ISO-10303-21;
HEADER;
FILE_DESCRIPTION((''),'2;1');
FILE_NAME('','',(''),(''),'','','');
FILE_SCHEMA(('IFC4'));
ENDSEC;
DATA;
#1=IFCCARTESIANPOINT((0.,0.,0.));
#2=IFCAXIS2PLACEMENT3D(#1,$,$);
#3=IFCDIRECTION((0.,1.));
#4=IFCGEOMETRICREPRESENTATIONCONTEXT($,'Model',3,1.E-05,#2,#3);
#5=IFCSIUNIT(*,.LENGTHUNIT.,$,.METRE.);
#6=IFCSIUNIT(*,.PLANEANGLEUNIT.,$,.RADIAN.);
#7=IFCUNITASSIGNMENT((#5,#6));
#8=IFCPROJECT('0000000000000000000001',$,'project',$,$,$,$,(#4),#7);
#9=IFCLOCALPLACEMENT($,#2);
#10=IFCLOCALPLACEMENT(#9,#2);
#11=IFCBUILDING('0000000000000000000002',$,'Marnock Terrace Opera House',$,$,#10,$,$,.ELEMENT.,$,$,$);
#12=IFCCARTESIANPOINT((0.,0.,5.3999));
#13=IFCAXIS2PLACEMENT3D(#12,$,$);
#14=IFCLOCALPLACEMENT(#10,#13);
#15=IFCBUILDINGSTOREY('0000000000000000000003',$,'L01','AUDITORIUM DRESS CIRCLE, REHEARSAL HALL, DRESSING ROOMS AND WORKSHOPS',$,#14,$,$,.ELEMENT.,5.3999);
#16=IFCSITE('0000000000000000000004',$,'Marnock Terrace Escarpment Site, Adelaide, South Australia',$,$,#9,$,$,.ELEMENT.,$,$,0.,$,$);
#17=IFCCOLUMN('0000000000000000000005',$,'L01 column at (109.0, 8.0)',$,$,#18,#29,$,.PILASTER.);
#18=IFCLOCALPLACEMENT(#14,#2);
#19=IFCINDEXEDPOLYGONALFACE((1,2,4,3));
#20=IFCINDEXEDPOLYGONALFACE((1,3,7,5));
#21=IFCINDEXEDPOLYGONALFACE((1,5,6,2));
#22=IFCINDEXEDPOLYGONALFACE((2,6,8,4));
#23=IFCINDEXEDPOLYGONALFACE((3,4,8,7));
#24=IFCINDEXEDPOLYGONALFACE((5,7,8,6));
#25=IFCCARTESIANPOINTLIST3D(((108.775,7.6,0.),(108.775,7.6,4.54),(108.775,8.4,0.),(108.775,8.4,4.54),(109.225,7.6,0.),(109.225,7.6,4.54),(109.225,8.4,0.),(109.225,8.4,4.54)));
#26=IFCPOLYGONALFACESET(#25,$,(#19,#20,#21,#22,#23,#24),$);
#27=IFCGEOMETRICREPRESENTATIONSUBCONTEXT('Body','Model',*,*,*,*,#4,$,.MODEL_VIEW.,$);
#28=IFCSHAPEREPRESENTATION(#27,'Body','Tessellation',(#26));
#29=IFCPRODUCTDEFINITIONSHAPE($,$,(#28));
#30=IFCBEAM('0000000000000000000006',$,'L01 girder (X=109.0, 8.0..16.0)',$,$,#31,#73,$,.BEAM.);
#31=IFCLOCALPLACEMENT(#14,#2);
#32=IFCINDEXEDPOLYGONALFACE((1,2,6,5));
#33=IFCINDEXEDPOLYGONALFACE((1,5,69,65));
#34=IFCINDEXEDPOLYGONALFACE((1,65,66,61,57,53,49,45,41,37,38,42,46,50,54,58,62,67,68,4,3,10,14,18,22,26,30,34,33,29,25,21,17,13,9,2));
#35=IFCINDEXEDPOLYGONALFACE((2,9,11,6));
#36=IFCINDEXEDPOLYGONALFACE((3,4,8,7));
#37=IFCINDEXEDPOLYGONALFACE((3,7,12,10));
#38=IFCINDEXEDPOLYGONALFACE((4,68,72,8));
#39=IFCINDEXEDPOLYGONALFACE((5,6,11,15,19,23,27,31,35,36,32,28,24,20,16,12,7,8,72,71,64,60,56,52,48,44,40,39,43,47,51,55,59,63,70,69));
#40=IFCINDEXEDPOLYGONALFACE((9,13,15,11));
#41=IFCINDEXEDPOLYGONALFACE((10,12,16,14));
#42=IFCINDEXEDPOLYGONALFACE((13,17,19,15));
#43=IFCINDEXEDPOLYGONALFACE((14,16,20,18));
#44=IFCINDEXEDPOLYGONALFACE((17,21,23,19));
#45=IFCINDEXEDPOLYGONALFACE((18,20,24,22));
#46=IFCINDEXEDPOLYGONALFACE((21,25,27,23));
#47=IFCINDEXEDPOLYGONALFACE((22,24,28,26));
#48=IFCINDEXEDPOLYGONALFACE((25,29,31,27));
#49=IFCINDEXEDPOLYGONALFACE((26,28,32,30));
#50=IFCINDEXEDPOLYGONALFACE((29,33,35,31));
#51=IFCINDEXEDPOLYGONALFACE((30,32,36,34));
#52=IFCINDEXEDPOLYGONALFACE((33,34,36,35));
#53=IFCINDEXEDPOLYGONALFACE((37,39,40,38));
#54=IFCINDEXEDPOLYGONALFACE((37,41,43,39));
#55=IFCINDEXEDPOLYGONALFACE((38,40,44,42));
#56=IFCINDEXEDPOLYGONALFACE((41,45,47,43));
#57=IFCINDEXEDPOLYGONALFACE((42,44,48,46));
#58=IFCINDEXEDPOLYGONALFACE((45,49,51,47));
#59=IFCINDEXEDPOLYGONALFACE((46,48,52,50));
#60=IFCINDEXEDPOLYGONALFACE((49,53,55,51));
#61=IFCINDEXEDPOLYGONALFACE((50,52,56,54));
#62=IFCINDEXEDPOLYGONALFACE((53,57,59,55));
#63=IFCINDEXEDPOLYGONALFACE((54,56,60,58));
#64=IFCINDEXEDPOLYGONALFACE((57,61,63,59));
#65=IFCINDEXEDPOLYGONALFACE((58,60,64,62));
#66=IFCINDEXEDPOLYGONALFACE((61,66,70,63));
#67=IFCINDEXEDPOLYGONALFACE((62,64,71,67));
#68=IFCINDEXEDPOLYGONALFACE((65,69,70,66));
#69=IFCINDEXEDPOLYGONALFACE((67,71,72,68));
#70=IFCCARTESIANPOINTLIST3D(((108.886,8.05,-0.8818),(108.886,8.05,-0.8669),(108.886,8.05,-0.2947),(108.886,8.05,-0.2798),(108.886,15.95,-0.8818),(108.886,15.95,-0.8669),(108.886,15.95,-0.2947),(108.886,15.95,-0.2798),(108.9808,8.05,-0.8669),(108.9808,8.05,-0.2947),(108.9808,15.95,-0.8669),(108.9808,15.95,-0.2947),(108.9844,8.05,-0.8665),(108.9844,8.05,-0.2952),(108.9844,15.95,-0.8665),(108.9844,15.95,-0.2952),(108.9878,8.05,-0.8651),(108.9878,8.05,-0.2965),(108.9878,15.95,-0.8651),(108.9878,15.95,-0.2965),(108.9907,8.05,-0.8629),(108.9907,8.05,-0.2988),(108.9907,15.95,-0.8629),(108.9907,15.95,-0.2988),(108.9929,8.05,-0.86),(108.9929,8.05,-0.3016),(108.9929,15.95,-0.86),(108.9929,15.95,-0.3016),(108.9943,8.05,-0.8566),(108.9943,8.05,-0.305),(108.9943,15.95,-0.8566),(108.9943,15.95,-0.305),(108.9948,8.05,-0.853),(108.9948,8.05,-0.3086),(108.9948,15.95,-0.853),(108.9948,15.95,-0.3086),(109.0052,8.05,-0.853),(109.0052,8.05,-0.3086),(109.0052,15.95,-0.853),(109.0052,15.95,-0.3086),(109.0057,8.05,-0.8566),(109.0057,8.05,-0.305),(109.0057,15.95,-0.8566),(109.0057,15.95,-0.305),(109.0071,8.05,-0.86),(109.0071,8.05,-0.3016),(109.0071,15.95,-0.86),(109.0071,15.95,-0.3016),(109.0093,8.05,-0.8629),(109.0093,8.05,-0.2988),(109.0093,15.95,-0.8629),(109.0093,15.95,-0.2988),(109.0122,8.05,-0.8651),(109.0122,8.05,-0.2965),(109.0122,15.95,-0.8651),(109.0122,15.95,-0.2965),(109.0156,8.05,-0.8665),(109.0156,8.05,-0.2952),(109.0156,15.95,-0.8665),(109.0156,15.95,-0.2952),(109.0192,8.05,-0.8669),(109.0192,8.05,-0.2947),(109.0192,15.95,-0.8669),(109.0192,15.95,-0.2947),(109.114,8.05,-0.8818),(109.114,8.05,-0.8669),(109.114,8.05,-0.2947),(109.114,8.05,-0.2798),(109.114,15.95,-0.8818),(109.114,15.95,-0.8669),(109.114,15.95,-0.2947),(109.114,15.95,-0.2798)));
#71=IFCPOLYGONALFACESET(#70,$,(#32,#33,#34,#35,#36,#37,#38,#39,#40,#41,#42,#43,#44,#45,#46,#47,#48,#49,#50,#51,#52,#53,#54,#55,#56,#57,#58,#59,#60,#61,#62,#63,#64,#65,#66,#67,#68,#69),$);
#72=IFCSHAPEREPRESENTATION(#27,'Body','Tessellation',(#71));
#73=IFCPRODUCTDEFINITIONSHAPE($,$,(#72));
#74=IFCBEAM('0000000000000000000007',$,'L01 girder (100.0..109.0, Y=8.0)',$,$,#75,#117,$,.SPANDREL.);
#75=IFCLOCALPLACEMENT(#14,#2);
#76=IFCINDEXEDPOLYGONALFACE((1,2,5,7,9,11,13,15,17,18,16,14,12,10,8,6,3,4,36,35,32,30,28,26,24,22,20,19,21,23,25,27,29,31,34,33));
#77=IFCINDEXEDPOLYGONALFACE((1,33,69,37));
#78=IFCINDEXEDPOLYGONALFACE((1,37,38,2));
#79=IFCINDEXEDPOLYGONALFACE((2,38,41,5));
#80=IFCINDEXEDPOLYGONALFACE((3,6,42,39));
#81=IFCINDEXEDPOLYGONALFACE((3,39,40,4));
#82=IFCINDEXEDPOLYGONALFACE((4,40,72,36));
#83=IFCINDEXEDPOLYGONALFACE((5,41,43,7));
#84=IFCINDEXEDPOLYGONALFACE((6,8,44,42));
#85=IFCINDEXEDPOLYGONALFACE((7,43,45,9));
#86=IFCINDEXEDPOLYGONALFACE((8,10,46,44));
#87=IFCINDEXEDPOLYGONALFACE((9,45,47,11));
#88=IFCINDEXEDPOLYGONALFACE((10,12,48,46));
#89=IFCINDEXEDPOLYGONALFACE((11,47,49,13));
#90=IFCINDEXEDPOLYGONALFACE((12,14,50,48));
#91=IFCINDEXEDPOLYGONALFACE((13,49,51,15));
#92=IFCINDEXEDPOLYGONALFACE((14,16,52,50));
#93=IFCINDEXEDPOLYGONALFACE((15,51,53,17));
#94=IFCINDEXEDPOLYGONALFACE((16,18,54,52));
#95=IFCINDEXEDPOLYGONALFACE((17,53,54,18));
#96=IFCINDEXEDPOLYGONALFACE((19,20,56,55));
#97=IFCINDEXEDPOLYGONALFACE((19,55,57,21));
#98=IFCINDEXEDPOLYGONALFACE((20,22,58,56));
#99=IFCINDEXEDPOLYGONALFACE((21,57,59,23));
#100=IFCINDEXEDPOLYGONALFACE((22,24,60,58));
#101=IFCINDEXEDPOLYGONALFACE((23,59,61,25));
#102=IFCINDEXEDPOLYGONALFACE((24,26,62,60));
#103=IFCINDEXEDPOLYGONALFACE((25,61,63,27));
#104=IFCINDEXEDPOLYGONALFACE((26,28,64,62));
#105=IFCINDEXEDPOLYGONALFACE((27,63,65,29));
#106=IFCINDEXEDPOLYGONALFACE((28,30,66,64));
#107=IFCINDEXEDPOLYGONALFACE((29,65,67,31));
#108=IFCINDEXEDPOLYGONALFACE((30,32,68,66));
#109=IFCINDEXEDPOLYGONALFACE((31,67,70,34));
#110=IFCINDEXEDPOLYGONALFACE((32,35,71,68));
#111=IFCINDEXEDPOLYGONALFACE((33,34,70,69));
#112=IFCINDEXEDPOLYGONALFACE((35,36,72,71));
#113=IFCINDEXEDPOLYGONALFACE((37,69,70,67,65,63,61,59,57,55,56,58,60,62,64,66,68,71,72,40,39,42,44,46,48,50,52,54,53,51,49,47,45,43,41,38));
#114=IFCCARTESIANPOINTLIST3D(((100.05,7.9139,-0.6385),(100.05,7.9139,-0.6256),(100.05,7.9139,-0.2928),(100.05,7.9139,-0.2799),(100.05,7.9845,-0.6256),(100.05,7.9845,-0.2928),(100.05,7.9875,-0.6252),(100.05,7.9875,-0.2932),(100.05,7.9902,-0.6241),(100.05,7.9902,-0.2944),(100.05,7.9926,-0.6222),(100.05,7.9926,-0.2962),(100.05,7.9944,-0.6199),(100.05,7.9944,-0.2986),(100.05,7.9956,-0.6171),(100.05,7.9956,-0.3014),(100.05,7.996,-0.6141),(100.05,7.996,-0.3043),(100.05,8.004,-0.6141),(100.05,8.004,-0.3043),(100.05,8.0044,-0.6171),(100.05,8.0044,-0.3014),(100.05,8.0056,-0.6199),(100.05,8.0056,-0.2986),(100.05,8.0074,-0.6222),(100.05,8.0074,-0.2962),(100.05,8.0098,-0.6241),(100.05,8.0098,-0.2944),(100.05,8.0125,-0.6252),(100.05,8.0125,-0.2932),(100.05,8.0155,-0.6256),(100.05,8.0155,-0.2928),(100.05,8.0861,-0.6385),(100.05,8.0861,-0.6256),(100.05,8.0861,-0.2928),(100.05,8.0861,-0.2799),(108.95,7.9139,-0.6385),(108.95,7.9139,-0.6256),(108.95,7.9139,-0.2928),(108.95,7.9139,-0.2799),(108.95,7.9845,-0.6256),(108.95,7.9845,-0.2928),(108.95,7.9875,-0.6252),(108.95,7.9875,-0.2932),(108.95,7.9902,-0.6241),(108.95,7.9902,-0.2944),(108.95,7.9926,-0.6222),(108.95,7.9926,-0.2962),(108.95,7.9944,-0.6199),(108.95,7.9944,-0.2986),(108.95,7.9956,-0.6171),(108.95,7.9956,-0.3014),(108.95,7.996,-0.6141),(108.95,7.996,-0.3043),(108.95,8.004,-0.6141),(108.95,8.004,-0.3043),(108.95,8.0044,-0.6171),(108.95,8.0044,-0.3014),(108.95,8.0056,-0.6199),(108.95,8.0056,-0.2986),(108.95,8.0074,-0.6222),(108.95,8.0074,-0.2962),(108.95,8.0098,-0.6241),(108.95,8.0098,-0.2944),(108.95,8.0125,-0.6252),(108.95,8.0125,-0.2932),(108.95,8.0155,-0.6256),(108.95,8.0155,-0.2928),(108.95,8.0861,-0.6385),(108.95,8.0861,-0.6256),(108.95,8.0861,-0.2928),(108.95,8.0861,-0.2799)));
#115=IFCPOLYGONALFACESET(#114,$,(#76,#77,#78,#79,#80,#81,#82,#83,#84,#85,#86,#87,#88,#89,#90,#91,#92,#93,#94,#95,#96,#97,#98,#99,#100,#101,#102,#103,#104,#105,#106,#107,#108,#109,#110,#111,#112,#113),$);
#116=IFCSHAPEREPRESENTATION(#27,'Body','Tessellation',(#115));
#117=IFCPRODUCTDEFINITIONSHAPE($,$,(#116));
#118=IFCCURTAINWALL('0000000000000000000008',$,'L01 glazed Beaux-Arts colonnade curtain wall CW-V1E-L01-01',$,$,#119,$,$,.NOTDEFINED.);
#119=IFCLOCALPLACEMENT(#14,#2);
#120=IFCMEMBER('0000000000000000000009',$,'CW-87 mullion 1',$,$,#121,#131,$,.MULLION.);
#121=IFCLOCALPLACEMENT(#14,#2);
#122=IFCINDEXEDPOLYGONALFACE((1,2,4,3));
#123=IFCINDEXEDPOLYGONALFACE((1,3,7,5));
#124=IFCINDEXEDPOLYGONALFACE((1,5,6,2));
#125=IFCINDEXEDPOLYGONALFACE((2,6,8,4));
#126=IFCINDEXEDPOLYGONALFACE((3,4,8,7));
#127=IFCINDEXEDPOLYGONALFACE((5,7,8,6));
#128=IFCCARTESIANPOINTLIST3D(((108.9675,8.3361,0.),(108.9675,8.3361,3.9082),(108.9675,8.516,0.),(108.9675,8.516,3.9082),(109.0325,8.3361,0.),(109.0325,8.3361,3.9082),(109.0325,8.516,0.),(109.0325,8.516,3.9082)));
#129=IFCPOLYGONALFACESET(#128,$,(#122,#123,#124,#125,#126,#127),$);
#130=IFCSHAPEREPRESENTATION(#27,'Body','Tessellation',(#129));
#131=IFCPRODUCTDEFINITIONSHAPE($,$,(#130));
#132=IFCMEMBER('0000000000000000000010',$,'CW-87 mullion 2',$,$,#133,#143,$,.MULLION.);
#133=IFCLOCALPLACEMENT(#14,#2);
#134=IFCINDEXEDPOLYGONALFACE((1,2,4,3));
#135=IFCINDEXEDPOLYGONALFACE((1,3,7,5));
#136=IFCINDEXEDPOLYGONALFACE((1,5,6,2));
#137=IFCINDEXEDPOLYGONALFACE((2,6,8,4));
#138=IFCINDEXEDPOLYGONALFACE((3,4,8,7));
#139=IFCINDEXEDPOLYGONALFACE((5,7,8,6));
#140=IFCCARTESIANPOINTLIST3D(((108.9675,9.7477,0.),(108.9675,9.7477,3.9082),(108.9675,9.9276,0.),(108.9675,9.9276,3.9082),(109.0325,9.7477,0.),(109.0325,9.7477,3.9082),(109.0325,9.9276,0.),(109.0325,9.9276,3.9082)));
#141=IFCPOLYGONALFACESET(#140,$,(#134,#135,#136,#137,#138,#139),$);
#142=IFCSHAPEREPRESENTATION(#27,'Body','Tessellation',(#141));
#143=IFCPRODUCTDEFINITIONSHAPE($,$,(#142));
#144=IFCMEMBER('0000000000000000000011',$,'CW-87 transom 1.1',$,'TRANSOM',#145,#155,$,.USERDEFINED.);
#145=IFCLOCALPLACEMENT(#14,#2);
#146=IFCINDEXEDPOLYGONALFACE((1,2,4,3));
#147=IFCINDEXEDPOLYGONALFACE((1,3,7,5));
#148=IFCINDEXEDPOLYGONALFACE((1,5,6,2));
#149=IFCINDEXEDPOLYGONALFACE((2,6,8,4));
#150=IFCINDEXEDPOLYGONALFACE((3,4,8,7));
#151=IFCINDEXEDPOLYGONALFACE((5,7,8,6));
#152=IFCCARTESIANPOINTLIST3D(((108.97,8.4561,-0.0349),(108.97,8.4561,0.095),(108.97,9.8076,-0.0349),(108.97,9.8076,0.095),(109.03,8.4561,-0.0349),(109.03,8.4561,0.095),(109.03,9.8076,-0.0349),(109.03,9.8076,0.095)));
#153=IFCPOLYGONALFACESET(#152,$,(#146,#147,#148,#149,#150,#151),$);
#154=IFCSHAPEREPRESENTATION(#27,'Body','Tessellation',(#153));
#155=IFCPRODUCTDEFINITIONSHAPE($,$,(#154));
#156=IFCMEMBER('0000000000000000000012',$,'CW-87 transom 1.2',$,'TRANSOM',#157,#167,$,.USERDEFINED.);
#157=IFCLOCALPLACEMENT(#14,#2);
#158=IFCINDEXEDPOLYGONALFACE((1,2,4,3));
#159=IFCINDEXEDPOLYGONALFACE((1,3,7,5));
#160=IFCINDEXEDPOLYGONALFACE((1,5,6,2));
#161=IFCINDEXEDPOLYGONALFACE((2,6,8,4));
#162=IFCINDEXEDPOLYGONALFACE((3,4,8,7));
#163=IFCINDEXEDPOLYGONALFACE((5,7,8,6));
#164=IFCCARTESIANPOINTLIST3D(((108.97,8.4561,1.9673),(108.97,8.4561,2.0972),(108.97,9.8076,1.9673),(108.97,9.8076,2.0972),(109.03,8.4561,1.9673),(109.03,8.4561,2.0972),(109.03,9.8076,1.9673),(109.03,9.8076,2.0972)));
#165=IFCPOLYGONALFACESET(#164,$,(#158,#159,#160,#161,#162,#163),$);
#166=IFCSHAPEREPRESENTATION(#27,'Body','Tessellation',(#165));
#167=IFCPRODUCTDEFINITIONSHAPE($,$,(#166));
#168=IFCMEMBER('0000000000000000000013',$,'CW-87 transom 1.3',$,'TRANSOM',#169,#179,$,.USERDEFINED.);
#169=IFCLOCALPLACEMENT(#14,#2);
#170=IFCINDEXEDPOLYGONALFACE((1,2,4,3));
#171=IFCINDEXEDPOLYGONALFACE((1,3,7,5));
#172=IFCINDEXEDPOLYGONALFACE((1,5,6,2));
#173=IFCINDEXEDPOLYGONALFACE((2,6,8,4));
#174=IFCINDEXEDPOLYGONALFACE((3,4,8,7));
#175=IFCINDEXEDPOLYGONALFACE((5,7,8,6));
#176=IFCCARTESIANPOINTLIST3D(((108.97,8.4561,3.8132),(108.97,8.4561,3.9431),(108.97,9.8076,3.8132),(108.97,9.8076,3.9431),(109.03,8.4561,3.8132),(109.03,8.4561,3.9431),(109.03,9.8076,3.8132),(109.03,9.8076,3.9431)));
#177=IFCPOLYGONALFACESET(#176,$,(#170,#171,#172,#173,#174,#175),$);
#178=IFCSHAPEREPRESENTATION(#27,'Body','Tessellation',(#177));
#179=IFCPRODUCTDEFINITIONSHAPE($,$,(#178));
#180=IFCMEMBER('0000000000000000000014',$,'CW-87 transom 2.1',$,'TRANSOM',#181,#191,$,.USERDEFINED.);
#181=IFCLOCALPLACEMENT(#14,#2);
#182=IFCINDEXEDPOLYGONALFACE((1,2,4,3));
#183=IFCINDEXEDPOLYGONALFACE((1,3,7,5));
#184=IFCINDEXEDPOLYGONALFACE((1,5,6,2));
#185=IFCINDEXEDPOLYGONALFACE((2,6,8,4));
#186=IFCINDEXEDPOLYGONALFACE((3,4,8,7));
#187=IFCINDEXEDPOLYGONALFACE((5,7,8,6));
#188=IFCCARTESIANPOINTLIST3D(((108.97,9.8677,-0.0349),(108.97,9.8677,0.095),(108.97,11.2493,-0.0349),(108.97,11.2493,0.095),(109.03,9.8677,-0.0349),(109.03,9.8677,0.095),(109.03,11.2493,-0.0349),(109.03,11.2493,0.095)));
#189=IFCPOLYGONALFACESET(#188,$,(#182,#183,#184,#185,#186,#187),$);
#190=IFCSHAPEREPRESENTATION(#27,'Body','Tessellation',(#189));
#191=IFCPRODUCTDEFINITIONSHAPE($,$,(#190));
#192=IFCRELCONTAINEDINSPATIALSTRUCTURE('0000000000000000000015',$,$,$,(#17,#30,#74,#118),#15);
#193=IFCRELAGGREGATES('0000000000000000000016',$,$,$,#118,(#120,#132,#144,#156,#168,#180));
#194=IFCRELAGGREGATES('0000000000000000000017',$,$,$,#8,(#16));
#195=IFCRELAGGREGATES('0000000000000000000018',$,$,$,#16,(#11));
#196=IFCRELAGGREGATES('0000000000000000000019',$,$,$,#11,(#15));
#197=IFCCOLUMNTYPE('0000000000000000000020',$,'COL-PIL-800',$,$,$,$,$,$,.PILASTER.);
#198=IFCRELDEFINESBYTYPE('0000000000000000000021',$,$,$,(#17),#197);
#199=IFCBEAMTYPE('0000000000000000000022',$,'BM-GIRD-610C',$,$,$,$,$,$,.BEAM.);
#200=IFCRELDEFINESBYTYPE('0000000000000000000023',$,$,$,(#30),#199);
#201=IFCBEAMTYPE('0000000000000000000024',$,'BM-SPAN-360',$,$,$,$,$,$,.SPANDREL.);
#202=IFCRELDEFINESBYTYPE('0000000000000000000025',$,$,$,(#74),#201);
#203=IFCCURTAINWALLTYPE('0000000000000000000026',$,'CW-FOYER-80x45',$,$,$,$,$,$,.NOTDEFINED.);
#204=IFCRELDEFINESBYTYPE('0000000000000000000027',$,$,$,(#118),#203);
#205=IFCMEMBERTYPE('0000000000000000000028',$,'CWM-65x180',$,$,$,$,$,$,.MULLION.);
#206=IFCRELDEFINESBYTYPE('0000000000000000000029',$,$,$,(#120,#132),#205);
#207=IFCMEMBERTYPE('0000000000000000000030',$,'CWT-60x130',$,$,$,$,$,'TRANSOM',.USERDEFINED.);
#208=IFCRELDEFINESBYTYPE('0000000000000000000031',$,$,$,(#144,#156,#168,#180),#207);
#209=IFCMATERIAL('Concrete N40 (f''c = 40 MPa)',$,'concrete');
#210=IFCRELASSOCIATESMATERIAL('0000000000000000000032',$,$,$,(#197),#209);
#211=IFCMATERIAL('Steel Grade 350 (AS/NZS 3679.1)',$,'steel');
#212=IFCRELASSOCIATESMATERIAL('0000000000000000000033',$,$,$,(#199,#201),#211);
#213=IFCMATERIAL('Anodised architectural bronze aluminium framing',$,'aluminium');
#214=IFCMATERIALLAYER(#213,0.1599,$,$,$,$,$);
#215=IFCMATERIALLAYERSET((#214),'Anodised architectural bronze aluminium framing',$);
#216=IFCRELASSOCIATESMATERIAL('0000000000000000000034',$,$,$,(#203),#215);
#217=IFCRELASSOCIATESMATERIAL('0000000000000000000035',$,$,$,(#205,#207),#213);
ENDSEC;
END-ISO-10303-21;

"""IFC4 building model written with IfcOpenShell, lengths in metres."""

from ifc_helpers import new_model, si_unit, direction, frame, origin, origin_2d, place, context, subcontext, project, spatial, rectangle, i_section, extrude, material, layer, layer_set, material_profile, profile_set, type_object, element, aggregate, save


model = new_model("IFC4")

# Units and contexts
model_context = context("Model", 3, precision=1e-05, world=origin(), true_north=direction((0.0, 1.0)))
body_context = subcontext(model_context, "Body", "Model", "MODEL_VIEW")
ifc_project = project(units=[si_unit("LENGTHUNIT", "METRE"), si_unit("PLANEANGLEUNIT", "RADIAN")], contexts=[model_context])

# Site, building, storey
site_placement = place(None, origin())
site = spatial("IfcSite", under=ifc_project, at=site_placement, Name="Marnock Terrace Escarpment Site, Adelaide, South Australia", CompositionType="ELEMENT", RefElevation=0.0)
building_placement = place(site_placement, origin())
building = spatial("IfcBuilding", under=site, at=building_placement, Name="Marnock Terrace Opera House", CompositionType="ELEMENT")
storey_placement = place(building_placement, frame((0.0, 0.0, 5.3999)))
storey = spatial("IfcBuildingStorey", under=building, at=storey_placement, Name="L01", Description="AUDITORIUM DRESS CIRCLE, REHEARSAL HALL, DRESSING ROOMS AND WORKSHOPS", CompositionType="ELEMENT", Elevation=5.3999)

# Column
ifc_material_1 = material(Name="Concrete N40 (f'c = 40 MPa)", Category="concrete")
ifc_material_profile_1 = material_profile(ifc_material_1, rectangle(XDim=0.45, YDim=0.8, at=origin_2d()))
ifc_profile_set_1 = profile_set([ifc_material_profile_1], Name="Concrete N40 (f'c = 40 MPa)")
column_type = type_object("IfcColumnType", Name="COL-PIL-800", PredefinedType="PILASTER", material=ifc_profile_set_1)
column_placement = place(storey_placement, frame((109.0, 8.0, 0.0), z_axis=(0.0, 0.0, 1.0), x_axis=(1.0, 0.0, 0.0)))
element("IfcColumn", 1, at=column_placement, inside=storey, type_object=column_type, Name="L01 column at (109.0, 8.0)", PredefinedType="PILASTER", context=body_context, shape_type="SweptSolid", body=[
    extrude(rectangle(XDim=0.45, YDim=0.8, at=origin_2d()), origin(), (0.0, 0.0, 1.0), 4.54),
])

# Beams
ifc_material_2 = material(Name="Steel Grade 350 (AS/NZS 3679.1)", Category="steel")
ifc_material_profile_2 = material_profile(ifc_material_2, i_section(OverallWidth=0.228, OverallDepth=0.6021, WebThickness=0.0105, FlangeThickness=0.0149, FilletRadius=0.0139, at=origin_2d()))
ifc_profile_set_2 = profile_set([ifc_material_profile_2], Name="Steel Grade 350 (AS/NZS 3679.1)")
beam_type_1 = type_object("IfcBeamType", Name="BM-GIRD-610C", PredefinedType="BEAM", material=ifc_profile_set_2)
beam_1_placement = place(storey_placement, frame((109.0, 8.05, -0.5808), z_axis=(0.0, 1.0, 0.0), x_axis=(-1.0, 0.0, 0.0)))
element("IfcBeam", 2, at=beam_1_placement, inside=storey, type_object=beam_type_1, Name="L01 girder (X=109.0, 8.0..16.0)", PredefinedType="BEAM", context=body_context, shape_type="SweptSolid", body=[
    extrude(i_section(OverallWidth=0.228, OverallDepth=0.6021, WebThickness=0.0105, FlangeThickness=0.0149, FilletRadius=0.0139, at=origin_2d()), origin(), (0.0, 0.0, 1.0), 7.8999),
])
ifc_material_profile_3 = material_profile(ifc_material_2, i_section(OverallWidth=0.1721, OverallDepth=0.3586, WebThickness=0.0081, FlangeThickness=0.0129, FilletRadius=0.0115, at=origin_2d()))
ifc_profile_set_3 = profile_set([ifc_material_profile_3], Name="Steel Grade 350 (AS/NZS 3679.1)")
beam_type_2 = type_object("IfcBeamType", Name="BM-SPAN-360", PredefinedType="SPANDREL", material=ifc_profile_set_3)
beam_2_placement = place(storey_placement, frame((100.05, 8.0, -0.4592), z_axis=(1.0, 0.0, 0.0), x_axis=(0.0, 1.0, 0.0)))
element("IfcBeam", 3, at=beam_2_placement, inside=storey, type_object=beam_type_2, Name="L01 girder (100.0..109.0, Y=8.0)", PredefinedType="SPANDREL", context=body_context, shape_type="SweptSolid", body=[
    extrude(i_section(OverallWidth=0.1721, OverallDepth=0.3586, WebThickness=0.0081, FlangeThickness=0.0129, FilletRadius=0.0115, at=origin_2d()), origin(), (0.0, 0.0, 1.0), 8.8999),
])

# Curtain wall, members
ifc_material_3 = material(Name="Anodised architectural bronze aluminium framing", Category="aluminium")
ifc_layer_1 = layer(ifc_material_3, 0.1599)
ifc_layer_set_1 = layer_set([ifc_layer_1], Name="Anodised architectural bronze aluminium framing")
curtain_wall_type = type_object("IfcCurtainWallType", Name="CW-FOYER-80x45", PredefinedType="NOTDEFINED", material=ifc_layer_set_1)
curtain_wall_placement = place(storey_placement, origin())
curtain_wall = element("IfcCurtainWall", 4, at=curtain_wall_placement, inside=storey, type_object=curtain_wall_type, Name="L01 glazed Beaux-Arts colonnade curtain wall CW-V1E-L01-01", PredefinedType="NOTDEFINED")
ifc_material_profile_4 = material_profile(ifc_material_3, rectangle(XDim=0.0649, YDim=0.1799, at=origin_2d()))
ifc_profile_set_4 = profile_set([ifc_material_profile_4], Name="Anodised architectural bronze aluminium framing")
member_type_1 = type_object("IfcMemberType", Name="CWM-65x180", PredefinedType="MULLION", material=ifc_profile_set_4)
member_1_placement = place(storey_placement, frame((109.0, 8.426, 0.0), z_axis=(0.0, 0.0, 1.0), x_axis=(-1.0, 0.0, 0.0)))
member_1 = element("IfcMember", 5, at=member_1_placement, type_object=member_type_1, Name="CW-87 mullion 1", PredefinedType="MULLION", context=body_context, shape_type="SweptSolid", body=[
    extrude(rectangle(XDim=0.0649, YDim=0.1799, at=origin_2d()), origin(), (0.0, 0.0, 1.0), 3.9082),
])
member_2_placement = place(storey_placement, frame((109.0, 9.8376, 0.0), z_axis=(0.0, 0.0, 1.0), x_axis=(-1.0, 0.0, 0.0)))
member_2 = element("IfcMember", 6, at=member_2_placement, type_object=member_type_1, Name="CW-87 mullion 2", PredefinedType="MULLION", context=body_context, shape_type="SweptSolid", body=[
    extrude(rectangle(XDim=0.0649, YDim=0.1799, at=origin_2d()), origin(), (0.0, 0.0, 1.0), 3.9082),
])
ifc_material_profile_5 = material_profile(ifc_material_3, rectangle(XDim=0.0601, YDim=0.1299, at=origin_2d()))
ifc_profile_set_5 = profile_set([ifc_material_profile_5], Name="Anodised architectural bronze aluminium framing")
member_type_2 = type_object("IfcMemberType", Name="CWT-60x130", ElementType="TRANSOM", PredefinedType="USERDEFINED", material=ifc_profile_set_5)
member_3_placement = place(storey_placement, frame((109.0, 8.4561, 0.03), z_axis=(0.0, 1.0, 0.0), x_axis=(-1.0, 0.0, 0.0)))
member_3 = element("IfcMember", 7, at=member_3_placement, type_object=member_type_2, Name="CW-87 transom 1.1", ObjectType="TRANSOM", PredefinedType="USERDEFINED", context=body_context, shape_type="SweptSolid", body=[
    extrude(rectangle(XDim=0.0601, YDim=0.1299, at=origin_2d()), origin(), (0.0, 0.0, 1.0), 1.3516),
])
member_4_placement = place(storey_placement, frame((109.0, 8.4561, 2.0322), z_axis=(0.0, 1.0, 0.0), x_axis=(-1.0, 0.0, 0.0)))
member_4 = element("IfcMember", 8, at=member_4_placement, type_object=member_type_2, Name="CW-87 transom 1.2", ObjectType="TRANSOM", PredefinedType="USERDEFINED", context=body_context, shape_type="SweptSolid", body=[
    extrude(rectangle(XDim=0.0601, YDim=0.1299, at=origin_2d()), origin(), (0.0, 0.0, 1.0), 1.3516),
])
member_5_placement = place(storey_placement, frame((109.0, 8.4561, 3.8782), z_axis=(0.0, 1.0, 0.0), x_axis=(-1.0, 0.0, 0.0)))
member_5 = element("IfcMember", 9, at=member_5_placement, type_object=member_type_2, Name="CW-87 transom 1.3", ObjectType="TRANSOM", PredefinedType="USERDEFINED", context=body_context, shape_type="SweptSolid", body=[
    extrude(rectangle(XDim=0.0601, YDim=0.1299, at=origin_2d()), origin(), (0.0, 0.0, 1.0), 1.3516),
])
member_6_placement = place(storey_placement, frame((109.0, 9.8677, 0.03), z_axis=(0.0, 1.0, 0.0), x_axis=(-1.0, 0.0, 0.0)))
member_6 = element("IfcMember", 10, at=member_6_placement, type_object=member_type_2, Name="CW-87 transom 2.1", ObjectType="TRANSOM", PredefinedType="USERDEFINED", context=body_context, shape_type="SweptSolid", body=[
    extrude(rectangle(XDim=0.0601, YDim=0.1299, at=origin_2d()), origin(), (0.0, 0.0, 1.0), 1.3816),
])
aggregate(curtain_wall, [member_1, member_2, member_3, member_4, member_5, member_6])

save(model, "model.ifc")
